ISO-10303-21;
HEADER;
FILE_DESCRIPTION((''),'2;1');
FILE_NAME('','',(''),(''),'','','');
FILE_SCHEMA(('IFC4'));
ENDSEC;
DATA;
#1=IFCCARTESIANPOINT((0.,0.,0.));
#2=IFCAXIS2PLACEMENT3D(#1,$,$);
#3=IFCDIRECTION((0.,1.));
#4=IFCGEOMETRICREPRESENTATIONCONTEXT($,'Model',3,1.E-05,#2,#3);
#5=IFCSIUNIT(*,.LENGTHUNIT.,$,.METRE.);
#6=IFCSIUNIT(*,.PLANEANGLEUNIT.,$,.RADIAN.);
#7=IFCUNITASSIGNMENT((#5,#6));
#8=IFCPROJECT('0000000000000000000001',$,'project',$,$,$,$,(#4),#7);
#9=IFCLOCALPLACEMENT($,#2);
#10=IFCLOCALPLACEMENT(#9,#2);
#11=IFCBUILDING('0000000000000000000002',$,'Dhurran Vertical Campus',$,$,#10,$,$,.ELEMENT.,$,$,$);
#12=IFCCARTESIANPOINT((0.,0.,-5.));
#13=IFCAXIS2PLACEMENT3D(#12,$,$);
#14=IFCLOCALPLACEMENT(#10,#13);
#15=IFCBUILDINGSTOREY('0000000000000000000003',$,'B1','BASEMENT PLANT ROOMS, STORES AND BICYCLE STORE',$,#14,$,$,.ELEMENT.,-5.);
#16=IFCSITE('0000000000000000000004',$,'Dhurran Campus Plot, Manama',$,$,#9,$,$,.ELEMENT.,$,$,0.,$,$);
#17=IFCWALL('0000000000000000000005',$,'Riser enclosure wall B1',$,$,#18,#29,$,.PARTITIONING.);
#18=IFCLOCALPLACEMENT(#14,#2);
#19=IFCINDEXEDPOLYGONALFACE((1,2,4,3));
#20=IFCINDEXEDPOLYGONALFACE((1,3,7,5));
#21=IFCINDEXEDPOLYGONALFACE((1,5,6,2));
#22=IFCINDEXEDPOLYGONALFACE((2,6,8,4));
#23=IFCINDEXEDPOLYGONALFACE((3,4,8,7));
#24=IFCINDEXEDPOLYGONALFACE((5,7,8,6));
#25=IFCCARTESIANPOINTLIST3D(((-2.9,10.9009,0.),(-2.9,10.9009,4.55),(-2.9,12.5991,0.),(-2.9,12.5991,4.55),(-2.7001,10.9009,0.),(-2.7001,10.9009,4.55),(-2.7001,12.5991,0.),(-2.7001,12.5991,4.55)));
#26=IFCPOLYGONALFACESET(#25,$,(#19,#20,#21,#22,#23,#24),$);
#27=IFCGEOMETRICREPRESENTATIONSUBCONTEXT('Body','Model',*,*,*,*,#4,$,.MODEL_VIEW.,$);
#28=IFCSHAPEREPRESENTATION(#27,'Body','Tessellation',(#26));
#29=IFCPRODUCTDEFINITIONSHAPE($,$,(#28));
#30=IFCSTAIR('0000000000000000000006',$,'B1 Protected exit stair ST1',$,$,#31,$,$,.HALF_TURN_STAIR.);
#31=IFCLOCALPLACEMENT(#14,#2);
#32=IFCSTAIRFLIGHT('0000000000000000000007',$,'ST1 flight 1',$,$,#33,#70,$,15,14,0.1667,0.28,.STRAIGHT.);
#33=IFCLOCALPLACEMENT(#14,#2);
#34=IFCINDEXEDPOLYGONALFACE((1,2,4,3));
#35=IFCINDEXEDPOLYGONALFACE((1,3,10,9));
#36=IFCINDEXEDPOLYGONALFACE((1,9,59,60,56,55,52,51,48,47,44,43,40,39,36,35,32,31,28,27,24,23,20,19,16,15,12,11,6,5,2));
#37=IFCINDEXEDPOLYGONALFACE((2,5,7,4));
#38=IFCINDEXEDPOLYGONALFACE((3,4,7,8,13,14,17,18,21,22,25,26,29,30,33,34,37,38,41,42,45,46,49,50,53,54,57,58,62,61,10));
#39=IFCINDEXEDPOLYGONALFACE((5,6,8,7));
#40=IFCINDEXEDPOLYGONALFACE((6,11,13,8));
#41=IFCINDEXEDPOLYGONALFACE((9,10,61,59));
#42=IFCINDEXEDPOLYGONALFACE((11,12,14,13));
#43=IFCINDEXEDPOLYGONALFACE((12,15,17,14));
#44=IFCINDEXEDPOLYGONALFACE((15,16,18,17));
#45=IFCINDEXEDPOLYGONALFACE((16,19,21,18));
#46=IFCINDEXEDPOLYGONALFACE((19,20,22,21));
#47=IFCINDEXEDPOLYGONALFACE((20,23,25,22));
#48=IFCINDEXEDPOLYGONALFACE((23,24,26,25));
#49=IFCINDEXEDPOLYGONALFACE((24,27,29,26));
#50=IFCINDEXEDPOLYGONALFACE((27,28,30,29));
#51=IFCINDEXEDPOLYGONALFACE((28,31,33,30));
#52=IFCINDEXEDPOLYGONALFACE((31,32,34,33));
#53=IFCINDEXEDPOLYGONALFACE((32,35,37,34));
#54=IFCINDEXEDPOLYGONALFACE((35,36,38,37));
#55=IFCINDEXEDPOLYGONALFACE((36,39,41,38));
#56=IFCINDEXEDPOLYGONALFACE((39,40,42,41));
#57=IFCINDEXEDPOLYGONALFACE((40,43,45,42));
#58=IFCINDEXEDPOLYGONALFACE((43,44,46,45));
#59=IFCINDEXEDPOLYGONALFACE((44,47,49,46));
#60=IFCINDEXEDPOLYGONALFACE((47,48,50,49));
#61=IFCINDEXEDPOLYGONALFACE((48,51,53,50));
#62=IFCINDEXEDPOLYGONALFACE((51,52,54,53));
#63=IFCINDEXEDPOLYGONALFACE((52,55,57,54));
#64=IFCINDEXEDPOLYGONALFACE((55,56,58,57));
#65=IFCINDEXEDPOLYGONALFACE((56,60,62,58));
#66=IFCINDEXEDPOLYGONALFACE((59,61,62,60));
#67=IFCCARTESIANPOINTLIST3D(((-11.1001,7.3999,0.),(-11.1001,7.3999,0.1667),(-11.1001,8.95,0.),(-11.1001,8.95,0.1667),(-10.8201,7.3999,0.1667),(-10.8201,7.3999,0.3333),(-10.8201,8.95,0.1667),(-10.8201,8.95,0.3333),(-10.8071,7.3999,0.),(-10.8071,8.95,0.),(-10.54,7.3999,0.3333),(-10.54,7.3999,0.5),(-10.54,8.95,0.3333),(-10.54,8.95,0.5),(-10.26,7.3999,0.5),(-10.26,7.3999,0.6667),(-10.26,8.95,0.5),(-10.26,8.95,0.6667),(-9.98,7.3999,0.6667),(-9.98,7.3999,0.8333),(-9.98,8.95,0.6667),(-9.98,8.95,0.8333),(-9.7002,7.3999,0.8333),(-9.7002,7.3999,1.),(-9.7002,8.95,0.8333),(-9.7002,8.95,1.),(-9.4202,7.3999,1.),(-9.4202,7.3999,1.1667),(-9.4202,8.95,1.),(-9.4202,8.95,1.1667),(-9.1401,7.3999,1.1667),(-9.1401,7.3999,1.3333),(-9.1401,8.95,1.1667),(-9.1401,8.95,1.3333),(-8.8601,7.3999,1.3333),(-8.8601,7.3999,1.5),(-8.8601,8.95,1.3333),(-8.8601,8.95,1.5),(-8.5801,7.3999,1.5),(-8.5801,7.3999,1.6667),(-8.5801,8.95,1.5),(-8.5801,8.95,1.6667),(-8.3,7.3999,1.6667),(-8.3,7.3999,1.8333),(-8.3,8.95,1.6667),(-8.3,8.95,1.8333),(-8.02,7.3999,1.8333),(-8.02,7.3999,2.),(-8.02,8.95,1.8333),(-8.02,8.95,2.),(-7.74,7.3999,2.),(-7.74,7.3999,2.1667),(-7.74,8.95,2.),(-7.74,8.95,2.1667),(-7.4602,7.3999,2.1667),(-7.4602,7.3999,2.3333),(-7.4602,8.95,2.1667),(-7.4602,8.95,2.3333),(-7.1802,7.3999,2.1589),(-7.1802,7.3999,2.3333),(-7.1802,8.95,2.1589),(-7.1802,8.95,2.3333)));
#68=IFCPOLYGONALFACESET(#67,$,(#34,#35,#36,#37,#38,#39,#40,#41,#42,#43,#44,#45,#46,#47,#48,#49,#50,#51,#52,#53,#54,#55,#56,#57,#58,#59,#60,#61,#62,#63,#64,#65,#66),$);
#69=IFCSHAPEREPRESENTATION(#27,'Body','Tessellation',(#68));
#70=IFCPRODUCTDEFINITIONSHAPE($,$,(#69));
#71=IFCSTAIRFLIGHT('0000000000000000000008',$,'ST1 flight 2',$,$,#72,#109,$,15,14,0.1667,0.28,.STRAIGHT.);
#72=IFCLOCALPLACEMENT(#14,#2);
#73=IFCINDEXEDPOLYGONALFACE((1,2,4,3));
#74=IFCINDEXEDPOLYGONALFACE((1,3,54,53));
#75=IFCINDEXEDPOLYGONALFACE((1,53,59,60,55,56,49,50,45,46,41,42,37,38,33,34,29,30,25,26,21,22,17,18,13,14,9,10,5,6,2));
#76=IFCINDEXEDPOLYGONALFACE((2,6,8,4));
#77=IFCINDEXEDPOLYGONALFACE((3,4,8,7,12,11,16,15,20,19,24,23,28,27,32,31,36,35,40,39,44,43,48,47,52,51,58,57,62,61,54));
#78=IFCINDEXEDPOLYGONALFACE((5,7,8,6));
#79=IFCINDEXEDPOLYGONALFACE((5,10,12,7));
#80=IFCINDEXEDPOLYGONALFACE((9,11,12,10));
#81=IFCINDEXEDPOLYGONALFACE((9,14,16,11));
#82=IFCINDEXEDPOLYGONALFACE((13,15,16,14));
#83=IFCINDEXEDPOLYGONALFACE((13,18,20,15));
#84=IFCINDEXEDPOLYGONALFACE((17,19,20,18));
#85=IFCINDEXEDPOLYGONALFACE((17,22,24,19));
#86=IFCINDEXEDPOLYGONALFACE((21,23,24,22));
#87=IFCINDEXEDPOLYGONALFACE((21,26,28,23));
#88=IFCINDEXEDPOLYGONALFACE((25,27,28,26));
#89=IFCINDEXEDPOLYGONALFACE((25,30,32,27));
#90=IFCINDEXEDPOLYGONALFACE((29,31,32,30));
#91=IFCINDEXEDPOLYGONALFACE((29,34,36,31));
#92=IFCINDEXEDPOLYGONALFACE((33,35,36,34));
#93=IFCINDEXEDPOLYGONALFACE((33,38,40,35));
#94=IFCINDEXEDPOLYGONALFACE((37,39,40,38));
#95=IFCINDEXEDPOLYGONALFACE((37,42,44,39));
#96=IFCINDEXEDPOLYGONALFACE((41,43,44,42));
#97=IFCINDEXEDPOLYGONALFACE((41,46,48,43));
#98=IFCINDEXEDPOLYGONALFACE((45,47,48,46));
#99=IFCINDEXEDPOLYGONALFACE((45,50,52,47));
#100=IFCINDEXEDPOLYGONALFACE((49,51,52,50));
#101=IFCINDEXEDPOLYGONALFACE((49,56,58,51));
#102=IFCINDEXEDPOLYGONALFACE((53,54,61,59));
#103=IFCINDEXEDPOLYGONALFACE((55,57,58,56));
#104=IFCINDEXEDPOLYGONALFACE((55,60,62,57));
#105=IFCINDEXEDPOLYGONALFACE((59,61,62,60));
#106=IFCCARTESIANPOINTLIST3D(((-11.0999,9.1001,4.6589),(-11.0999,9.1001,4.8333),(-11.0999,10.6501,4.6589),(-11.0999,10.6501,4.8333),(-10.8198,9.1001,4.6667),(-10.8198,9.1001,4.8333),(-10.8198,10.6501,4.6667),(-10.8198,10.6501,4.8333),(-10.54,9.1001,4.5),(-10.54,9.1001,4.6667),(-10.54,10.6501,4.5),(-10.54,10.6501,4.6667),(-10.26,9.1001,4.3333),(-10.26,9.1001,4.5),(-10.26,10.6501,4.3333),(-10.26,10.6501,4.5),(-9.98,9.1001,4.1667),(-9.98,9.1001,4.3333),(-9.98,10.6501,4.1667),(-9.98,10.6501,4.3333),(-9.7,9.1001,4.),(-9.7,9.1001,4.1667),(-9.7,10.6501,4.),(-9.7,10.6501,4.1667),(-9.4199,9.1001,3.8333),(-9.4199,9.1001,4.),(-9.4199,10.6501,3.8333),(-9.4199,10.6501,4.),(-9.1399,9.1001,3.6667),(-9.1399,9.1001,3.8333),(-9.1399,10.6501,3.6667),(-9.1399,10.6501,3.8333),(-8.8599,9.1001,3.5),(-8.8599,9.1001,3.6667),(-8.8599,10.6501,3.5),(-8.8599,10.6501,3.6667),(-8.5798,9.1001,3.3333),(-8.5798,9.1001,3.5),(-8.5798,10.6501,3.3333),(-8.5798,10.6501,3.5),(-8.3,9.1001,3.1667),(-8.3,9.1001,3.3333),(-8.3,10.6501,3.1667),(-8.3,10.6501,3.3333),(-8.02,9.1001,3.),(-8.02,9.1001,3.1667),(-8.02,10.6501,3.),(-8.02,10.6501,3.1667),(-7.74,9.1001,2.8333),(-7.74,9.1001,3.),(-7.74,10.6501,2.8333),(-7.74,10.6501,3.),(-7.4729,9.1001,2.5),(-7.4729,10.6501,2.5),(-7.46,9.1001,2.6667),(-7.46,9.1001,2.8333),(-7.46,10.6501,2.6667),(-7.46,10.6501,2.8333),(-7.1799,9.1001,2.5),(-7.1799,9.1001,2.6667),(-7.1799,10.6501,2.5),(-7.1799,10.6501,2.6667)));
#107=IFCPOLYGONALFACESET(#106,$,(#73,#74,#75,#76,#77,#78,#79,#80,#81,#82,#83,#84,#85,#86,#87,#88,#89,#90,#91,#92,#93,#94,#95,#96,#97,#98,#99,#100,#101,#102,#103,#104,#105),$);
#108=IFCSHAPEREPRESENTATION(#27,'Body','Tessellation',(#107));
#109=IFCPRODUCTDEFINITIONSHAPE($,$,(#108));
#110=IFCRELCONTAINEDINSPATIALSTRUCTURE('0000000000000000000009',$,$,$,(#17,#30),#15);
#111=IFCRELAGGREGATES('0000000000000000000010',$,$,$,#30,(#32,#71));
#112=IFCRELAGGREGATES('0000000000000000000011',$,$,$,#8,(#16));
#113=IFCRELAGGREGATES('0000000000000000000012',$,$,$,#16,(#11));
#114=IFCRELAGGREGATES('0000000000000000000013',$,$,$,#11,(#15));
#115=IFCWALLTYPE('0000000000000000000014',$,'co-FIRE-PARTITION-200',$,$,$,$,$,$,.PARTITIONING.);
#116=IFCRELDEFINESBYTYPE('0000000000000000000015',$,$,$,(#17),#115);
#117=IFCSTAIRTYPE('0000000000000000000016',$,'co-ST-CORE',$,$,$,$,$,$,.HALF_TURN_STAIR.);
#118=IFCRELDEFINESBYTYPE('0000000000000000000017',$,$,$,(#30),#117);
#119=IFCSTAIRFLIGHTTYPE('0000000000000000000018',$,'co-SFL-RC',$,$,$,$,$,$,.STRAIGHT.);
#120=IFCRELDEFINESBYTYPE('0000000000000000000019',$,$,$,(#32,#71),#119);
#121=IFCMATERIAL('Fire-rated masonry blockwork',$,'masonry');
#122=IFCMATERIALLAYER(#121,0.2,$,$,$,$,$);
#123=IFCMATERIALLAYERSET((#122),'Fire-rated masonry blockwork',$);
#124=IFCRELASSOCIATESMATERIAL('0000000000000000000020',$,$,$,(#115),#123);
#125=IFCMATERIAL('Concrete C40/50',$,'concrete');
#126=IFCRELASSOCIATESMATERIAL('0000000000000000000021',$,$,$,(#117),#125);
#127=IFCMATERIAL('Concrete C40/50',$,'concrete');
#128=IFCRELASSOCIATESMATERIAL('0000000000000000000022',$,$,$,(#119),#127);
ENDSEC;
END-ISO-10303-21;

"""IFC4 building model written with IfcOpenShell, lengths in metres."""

from ifc_helpers import new_model, si_unit, direction, frame, frame_2d, origin, place, context, subcontext, project, spatial, polyline, rectangle, outline, extrude, material, layer, layer_set, type_object, element, aggregate, save


model = new_model("IFC4")

# Units and contexts
model_context = context("Model", 3, precision=1e-05, world=origin(), true_north=direction((0.0, 1.0)))
body_context = subcontext(model_context, "Body", "Model", "MODEL_VIEW")
ifc_project = project(units=[si_unit("LENGTHUNIT", "METRE"), si_unit("PLANEANGLEUNIT", "RADIAN")], contexts=[model_context])

# Site, building, storey
site_placement = place(None, origin())
site = spatial("IfcSite", under=ifc_project, at=site_placement, Name="Dhurran Campus Plot, Manama", CompositionType="ELEMENT", RefElevation=0.0)
building_placement = place(site_placement, origin())
building = spatial("IfcBuilding", under=site, at=building_placement, Name="Dhurran Vertical Campus", CompositionType="ELEMENT")
storey_placement = place(building_placement, frame((0.0, 0.0, -5.0)))
storey = spatial("IfcBuildingStorey", under=building, at=storey_placement, Name="B1", Description="BASEMENT PLANT ROOMS, STORES AND BICYCLE STORE", CompositionType="ELEMENT", Elevation=-5.0)

# Shared definitions
ifc_material_1 = material(Name="Fire-rated masonry blockwork", Category="masonry")
ifc_layer_1 = layer(ifc_material_1, 0.2)
ifc_layer_set_1 = layer_set([ifc_layer_1], Name="Fire-rated masonry blockwork")
wall_type_1 = type_object("IfcWallType", Name="co-FIRE-PARTITION-200", PredefinedType="PARTITIONING", material=ifc_layer_set_1)

# Wall
wall_1_placement = place(storey_placement, frame((-2.8, 10.9009, 0.0), z_axis=(0.0, 0.0, 1.0), x_axis=(0.0, 1.0, 0.0)))
element("IfcWall", 1, at=wall_1_placement, inside=storey, type_object=wall_type_1, Name="Riser enclosure wall B1", PredefinedType="PARTITIONING", context=body_context, shape_type="SweptSolid", body=[
    extrude(rectangle(XDim=1.6982, YDim=0.2, at=frame_2d((0.8491, 0.0))), origin(), (0.0, 0.0, 1.0), 4.55),
])

# Stair, stair flights
ifc_material_2 = material(Name="Concrete C40/50", Category="concrete")
stair_type = type_object("IfcStairType", Name="co-ST-CORE", PredefinedType="HALF_TURN_STAIR", material=ifc_material_2)
stair_placement = place(storey_placement, origin())
stair = element("IfcStair", 2, at=stair_placement, inside=storey, type_object=stair_type, Name="B1 Protected exit stair ST1", PredefinedType="HALF_TURN_STAIR")
ifc_material_3 = material(Name="Concrete C40/50", Category="concrete")
stair_flight_type = type_object("IfcStairFlightType", Name="co-SFL-RC", PredefinedType="STRAIGHT", material=ifc_material_3)
stair_flight_1_placement = place(storey_placement, frame((-11.1001, 8.175, 0.0), z_axis=(0.0, 0.0, 1.0), x_axis=(1.0, 0.0, 0.0)))
stair_flight_1 = element("IfcStairFlight", 3, at=stair_flight_1_placement, type_object=stair_flight_type, Name="ST1 flight 1", NumberOfRisers=15, NumberOfTreads=14, PredefinedType="STRAIGHT", RiserHeight=0.1667, TreadLength=0.28, context=body_context, shape_type="SweptSolid", body=[
    extrude(outline(polyline([(0.0, 0.0), (0.0, 0.1667), (0.28, 0.1667), (0.28, 0.3333), (0.5601, 0.3333), (0.5601, 0.5), (0.8401, 0.5), (0.8401, 0.6667), (1.1201, 0.6667), (1.1201, 0.8333), (1.3999, 0.8333), (1.3999, 1.0), (1.6799, 1.0), (1.6799, 1.1667), (1.96, 1.1667), (1.96, 1.3333), (2.24, 1.3333), (2.24, 1.5), (2.52, 1.5), (2.52, 1.6667), (2.8, 1.6667), (2.8, 1.8333), (3.0801, 1.8333), (3.0801, 2.0), (3.3601, 2.0), (3.3601, 2.1667), (3.6399, 2.1667), (3.6399, 2.3333), (3.9199, 2.3333), (3.9199, 2.5), (3.9199, 2.1589), (0.293, 0.0), (0.0, 0.0)])), frame((0.0, 0.7749, 0.0), z_axis=(0.0, -1.0, 0.0), x_axis=(1.0, 0.0, 0.0)), (0.0, 0.0, 1.0), 1.55),
])
stair_flight_2_placement = place(storey_placement, frame((-7.1799, 9.875, 2.5), z_axis=(0.0, 0.0, 1.0), x_axis=(-1.0, 0.0, 0.0)))
stair_flight_2 = element("IfcStairFlight", 4, at=stair_flight_2_placement, type_object=stair_flight_type, Name="ST1 flight 2", NumberOfRisers=15, NumberOfTreads=14, PredefinedType="STRAIGHT", RiserHeight=0.1667, TreadLength=0.28, context=body_context, shape_type="SweptSolid", body=[
    extrude(outline(polyline([(0.0, 0.0), (0.0, 0.1667), (0.28, 0.1667), (0.28, 0.3333), (0.5601, 0.3333), (0.5601, 0.5), (0.8401, 0.5), (0.8401, 0.6667), (1.1201, 0.6667), (1.1201, 0.8333), (1.3999, 0.8333), (1.3999, 1.0), (1.6799, 1.0), (1.6799, 1.1667), (1.96, 1.1667), (1.96, 1.3333), (2.24, 1.3333), (2.24, 1.5), (2.52, 1.5), (2.52, 1.6667), (2.8, 1.6667), (2.8, 1.8333), (3.0801, 1.8333), (3.0801, 2.0), (3.3601, 2.0), (3.3601, 2.1667), (3.6399, 2.1667), (3.6399, 2.3333), (3.9199, 2.3333), (3.9199, 2.5), (3.9199, 2.1589), (0.293, 0.0), (0.0, 0.0)])), frame((0.0, 0.7749, 0.0), z_axis=(0.0, -1.0, 0.0), x_axis=(1.0, 0.0, 0.0)), (0.0, 0.0, 1.0), 1.55),
])
aggregate(stair, [stair_flight_1, stair_flight_2])

save(model, "model.ifc")
